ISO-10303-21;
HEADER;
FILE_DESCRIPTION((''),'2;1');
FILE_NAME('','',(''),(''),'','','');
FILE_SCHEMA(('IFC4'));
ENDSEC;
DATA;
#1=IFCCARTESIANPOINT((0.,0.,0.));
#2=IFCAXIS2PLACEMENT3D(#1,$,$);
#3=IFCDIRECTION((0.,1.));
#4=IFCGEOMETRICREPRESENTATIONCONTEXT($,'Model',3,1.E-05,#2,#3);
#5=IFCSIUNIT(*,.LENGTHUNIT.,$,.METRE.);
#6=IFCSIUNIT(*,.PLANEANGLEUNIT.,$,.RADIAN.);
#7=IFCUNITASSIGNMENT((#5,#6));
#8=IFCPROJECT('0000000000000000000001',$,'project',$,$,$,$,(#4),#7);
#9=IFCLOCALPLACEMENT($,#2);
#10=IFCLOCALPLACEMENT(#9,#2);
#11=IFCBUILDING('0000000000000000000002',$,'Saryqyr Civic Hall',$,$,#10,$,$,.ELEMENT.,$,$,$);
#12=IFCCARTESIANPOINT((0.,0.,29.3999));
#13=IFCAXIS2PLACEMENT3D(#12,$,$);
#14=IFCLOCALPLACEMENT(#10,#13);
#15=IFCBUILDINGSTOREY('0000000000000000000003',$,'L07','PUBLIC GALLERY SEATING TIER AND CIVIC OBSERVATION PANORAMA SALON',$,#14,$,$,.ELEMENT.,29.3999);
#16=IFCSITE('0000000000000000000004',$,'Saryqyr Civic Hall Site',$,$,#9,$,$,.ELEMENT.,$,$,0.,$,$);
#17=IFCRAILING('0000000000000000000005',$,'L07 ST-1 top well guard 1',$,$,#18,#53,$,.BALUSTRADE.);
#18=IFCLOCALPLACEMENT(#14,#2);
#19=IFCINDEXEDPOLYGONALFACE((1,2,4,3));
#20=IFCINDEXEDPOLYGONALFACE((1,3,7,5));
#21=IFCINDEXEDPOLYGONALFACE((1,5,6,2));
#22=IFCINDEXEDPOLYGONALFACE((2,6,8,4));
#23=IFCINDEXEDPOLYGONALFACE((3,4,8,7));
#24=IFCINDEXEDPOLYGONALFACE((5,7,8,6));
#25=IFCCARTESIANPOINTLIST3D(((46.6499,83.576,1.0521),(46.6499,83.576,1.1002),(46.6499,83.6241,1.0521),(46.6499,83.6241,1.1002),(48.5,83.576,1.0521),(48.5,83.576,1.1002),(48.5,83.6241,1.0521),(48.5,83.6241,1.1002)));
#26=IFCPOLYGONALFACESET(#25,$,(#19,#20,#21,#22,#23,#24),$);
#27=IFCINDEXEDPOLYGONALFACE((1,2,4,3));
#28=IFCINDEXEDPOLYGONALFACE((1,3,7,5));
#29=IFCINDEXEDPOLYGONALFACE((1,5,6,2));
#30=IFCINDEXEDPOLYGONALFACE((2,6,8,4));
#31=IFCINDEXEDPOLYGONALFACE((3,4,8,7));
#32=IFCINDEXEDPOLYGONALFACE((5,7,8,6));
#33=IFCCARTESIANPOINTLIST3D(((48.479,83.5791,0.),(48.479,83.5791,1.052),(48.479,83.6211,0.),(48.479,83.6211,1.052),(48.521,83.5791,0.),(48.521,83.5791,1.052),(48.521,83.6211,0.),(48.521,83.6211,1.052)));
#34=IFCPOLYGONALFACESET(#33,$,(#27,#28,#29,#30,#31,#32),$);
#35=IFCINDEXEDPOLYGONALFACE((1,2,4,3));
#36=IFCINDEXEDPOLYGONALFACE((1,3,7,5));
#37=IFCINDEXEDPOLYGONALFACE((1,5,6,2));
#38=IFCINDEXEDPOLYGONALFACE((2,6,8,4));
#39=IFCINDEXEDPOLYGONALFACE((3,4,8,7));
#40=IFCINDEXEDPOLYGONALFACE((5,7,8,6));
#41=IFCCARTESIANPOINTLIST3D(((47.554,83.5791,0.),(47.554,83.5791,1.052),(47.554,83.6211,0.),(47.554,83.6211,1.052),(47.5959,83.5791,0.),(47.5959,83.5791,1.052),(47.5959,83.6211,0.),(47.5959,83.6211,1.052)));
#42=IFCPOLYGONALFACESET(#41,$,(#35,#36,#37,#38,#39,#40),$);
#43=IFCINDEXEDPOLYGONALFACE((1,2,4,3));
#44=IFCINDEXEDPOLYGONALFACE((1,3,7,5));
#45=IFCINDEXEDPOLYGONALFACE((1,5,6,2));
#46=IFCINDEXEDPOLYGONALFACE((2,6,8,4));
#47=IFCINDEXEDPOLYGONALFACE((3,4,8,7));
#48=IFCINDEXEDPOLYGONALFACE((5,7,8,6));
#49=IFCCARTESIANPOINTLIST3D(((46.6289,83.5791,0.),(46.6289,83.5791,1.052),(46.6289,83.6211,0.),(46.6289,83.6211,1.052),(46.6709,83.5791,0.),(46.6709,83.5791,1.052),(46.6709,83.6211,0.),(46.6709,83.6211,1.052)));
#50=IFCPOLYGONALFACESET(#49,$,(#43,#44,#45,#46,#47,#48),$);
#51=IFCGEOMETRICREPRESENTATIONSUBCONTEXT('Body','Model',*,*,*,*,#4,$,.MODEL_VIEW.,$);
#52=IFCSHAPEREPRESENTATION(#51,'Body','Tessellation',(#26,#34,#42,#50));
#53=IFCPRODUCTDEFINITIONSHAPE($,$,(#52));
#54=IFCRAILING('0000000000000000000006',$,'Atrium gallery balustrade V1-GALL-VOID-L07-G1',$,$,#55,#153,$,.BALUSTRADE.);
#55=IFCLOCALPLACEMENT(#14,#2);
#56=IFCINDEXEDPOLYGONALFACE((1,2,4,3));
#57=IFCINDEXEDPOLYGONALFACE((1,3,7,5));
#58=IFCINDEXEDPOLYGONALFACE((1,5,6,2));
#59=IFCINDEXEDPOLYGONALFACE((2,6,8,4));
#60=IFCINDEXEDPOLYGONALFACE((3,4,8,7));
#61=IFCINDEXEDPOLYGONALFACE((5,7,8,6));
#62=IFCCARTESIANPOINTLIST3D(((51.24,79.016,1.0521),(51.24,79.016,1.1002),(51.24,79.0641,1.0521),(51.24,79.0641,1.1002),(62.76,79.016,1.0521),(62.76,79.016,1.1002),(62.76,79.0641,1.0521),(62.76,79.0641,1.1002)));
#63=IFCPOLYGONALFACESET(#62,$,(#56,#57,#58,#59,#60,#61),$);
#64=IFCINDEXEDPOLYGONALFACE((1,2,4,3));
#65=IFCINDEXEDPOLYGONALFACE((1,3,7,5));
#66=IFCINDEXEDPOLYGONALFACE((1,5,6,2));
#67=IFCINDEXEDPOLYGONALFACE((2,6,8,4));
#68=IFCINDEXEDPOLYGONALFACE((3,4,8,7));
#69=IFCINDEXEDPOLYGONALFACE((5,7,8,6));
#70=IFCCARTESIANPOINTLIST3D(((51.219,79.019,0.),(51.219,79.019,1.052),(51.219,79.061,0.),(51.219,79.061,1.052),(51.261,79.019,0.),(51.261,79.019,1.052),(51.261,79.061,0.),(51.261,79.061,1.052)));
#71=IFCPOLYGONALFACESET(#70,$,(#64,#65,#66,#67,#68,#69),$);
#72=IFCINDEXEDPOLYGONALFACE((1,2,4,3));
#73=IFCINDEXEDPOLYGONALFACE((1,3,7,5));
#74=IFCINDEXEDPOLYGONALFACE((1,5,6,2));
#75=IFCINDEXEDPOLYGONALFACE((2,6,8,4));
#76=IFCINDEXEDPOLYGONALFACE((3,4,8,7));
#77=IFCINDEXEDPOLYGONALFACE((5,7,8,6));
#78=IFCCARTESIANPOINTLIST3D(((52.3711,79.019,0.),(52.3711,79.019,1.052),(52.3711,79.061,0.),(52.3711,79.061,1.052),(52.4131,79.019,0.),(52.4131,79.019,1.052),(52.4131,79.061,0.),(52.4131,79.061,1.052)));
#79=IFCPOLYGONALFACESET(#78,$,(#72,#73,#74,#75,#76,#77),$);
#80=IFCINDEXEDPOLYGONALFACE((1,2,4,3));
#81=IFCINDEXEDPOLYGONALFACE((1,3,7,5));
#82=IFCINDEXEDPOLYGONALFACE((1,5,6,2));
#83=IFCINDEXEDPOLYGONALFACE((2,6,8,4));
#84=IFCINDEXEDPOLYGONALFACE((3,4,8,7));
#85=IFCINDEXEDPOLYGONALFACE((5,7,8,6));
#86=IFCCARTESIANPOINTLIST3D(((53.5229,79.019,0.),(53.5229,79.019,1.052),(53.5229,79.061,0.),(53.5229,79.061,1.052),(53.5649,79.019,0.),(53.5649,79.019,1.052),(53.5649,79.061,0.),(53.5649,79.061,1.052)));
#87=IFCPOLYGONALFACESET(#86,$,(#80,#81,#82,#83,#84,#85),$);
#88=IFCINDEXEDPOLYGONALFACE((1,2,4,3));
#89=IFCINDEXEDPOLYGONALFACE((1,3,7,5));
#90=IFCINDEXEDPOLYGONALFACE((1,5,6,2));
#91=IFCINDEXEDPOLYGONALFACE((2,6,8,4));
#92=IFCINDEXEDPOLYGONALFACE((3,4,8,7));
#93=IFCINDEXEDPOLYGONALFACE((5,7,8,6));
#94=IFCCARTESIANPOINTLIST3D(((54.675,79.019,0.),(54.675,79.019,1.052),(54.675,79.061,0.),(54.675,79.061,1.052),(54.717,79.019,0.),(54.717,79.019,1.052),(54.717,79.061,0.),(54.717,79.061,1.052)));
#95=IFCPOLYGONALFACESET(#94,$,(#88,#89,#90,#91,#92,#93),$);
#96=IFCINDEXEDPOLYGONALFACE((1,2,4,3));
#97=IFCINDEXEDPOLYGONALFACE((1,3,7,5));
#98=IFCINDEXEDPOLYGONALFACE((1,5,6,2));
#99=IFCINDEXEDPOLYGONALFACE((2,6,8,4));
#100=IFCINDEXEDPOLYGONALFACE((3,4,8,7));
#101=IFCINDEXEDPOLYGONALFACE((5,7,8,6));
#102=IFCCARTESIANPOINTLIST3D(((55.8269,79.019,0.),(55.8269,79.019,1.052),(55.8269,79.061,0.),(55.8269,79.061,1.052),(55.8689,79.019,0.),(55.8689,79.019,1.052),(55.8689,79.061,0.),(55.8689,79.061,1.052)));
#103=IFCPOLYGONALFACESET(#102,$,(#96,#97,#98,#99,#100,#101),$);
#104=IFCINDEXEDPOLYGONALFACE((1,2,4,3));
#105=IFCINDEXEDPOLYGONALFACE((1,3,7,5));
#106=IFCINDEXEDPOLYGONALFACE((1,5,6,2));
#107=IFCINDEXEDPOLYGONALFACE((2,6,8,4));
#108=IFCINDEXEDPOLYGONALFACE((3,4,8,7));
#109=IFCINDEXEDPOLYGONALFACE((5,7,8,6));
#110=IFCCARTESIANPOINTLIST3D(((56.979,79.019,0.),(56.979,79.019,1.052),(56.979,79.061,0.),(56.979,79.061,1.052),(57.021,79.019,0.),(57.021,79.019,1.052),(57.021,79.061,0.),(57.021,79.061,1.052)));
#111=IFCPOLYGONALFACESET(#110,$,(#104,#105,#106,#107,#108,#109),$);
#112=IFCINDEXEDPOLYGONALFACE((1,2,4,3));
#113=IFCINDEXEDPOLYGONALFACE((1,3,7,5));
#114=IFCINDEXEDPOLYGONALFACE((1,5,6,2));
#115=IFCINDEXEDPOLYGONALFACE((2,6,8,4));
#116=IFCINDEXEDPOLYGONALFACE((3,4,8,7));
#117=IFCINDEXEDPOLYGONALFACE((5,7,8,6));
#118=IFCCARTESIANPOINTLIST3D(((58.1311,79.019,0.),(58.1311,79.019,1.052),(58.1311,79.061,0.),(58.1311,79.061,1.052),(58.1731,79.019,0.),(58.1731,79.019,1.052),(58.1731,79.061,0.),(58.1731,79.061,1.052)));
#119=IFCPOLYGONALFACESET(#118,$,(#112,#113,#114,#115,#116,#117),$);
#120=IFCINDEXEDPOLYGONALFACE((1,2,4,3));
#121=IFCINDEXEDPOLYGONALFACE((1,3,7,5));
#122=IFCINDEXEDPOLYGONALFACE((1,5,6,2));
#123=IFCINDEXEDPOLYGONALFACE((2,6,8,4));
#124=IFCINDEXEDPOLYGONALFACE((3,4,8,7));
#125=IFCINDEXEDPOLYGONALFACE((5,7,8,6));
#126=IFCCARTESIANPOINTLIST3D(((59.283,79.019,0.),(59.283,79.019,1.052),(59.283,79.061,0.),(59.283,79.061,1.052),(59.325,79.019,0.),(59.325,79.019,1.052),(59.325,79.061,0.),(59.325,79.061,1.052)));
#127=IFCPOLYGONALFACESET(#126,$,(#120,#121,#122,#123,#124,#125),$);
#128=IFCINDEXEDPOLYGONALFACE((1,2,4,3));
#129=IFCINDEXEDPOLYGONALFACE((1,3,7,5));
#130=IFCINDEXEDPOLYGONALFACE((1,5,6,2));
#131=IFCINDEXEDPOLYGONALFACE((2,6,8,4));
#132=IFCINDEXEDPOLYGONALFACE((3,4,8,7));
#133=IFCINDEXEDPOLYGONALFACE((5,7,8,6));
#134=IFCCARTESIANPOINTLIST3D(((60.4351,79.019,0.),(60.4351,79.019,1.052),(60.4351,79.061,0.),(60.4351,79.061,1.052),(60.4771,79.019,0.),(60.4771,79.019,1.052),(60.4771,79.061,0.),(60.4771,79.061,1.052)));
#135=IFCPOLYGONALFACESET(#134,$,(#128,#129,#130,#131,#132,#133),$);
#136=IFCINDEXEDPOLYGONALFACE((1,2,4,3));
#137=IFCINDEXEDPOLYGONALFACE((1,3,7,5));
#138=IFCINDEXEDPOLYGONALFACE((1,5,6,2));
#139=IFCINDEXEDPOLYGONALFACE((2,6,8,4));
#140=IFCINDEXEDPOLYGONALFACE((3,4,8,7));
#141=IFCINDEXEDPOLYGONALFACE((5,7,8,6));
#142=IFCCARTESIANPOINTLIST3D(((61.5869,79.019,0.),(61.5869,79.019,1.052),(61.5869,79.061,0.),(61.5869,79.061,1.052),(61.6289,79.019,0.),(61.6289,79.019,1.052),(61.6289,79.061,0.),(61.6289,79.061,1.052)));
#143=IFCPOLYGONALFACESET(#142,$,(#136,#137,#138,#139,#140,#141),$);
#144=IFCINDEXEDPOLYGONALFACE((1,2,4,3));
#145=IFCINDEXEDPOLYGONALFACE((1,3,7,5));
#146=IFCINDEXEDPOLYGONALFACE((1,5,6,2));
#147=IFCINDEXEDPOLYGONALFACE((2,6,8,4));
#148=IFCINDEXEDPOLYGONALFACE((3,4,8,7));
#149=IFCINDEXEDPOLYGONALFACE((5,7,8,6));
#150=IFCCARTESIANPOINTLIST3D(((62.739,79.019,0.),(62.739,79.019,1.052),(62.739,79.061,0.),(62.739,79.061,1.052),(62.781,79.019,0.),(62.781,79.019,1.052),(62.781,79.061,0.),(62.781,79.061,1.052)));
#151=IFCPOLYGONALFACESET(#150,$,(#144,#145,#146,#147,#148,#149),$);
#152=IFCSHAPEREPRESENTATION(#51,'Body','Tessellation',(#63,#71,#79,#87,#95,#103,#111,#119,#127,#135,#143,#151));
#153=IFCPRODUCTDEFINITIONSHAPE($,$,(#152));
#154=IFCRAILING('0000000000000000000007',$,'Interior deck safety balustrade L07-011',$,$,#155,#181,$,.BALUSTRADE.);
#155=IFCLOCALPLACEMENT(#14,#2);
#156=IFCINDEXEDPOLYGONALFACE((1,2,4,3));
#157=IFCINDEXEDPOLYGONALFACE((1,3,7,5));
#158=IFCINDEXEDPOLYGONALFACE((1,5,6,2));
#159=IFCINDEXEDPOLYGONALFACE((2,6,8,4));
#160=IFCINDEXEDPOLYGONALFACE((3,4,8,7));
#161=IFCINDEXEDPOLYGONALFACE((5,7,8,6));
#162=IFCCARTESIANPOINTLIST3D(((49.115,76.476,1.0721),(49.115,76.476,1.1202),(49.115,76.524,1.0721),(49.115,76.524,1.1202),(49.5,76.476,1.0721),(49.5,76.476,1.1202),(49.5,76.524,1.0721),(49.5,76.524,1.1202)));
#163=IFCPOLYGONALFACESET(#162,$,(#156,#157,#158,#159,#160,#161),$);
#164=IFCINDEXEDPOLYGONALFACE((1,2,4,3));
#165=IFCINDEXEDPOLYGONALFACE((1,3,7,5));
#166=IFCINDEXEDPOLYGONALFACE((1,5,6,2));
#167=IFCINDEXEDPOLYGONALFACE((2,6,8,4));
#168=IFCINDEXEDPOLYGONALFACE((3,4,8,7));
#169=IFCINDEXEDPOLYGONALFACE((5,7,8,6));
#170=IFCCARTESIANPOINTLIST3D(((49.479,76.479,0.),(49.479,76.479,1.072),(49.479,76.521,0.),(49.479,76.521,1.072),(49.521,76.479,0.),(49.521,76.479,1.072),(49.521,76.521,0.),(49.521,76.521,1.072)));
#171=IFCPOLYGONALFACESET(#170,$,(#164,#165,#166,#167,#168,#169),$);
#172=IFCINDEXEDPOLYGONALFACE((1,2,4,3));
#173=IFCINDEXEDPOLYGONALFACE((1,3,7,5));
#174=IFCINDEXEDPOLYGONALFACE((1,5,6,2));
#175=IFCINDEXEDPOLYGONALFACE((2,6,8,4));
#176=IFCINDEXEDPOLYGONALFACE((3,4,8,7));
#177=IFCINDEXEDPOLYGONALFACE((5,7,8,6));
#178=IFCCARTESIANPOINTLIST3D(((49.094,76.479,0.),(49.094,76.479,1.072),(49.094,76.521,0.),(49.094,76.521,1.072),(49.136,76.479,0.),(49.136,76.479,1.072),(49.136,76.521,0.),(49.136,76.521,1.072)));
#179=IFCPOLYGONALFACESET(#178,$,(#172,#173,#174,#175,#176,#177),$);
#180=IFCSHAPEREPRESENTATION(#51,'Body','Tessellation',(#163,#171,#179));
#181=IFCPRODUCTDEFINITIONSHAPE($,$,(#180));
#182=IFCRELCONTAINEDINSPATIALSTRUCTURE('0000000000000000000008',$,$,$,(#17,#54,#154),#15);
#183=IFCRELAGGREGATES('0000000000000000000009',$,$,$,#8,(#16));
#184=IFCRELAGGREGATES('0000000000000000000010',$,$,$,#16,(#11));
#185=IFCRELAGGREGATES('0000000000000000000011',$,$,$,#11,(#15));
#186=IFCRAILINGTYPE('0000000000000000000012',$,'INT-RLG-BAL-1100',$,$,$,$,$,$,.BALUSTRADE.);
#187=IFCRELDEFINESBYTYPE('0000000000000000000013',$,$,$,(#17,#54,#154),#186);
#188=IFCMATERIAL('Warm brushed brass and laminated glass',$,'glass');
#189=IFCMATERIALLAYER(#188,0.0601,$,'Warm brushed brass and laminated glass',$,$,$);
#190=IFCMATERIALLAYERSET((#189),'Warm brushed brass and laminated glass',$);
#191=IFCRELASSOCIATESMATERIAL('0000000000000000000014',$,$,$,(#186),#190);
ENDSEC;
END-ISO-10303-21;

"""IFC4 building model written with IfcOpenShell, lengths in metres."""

from ifc_helpers import new_model, si_unit, direction, frame, origin, origin_2d, place, context, subcontext, project, spatial, rectangle, extrude, material, layer, layer_set, type_object, element, save


model = new_model("IFC4")

# Units and contexts
model_context = context("Model", 3, precision=1e-05, world=origin(), true_north=direction((0.0, 1.0)))
body_context = subcontext(model_context, "Body", "Model", "MODEL_VIEW")
ifc_project = project(units=[si_unit("LENGTHUNIT", "METRE"), si_unit("PLANEANGLEUNIT", "RADIAN")], contexts=[model_context])

# Site, building, storey
site_placement = place(None, origin())
site = spatial("IfcSite", under=ifc_project, at=site_placement, Name="Saryqyr Civic Hall Site", CompositionType="ELEMENT", RefElevation=0.0)
building_placement = place(site_placement, origin())
building = spatial("IfcBuilding", under=site, at=building_placement, Name="Saryqyr Civic Hall", CompositionType="ELEMENT")
storey_placement = place(building_placement, frame((0.0, 0.0, 29.3999)))
storey = spatial("IfcBuildingStorey", under=building, at=storey_placement, Name="L07", Description="PUBLIC GALLERY SEATING TIER AND CIVIC OBSERVATION PANORAMA SALON", CompositionType="ELEMENT", Elevation=29.3999)

# Railings
ifc_material_1 = material(Name="Warm brushed brass and laminated glass", Category="glass")
ifc_layer_1 = layer(ifc_material_1, 0.0601, Name="Warm brushed brass and laminated glass")
ifc_layer_set_1 = layer_set([ifc_layer_1], Name="Warm brushed brass and laminated glass")
railing_type = type_object("IfcRailingType", Name="INT-RLG-BAL-1100", PredefinedType="BALUSTRADE", material=ifc_layer_set_1)
railing_1_placement = place(storey_placement, frame((48.5, 83.6001, 0.0)))
element("IfcRailing", 1, at=railing_1_placement, inside=storey, type_object=railing_type, Name="L07 ST-1 top well guard 1", PredefinedType="BALUSTRADE", context=body_context, shape_type="SweptSolid", body=[
    extrude(rectangle(XDim=0.0481, YDim=0.0481, at=origin_2d()), frame((0.0, 0.0, 1.0762), z_axis=(-1.0, 0.0, 0.0), x_axis=(0.0, -1.0, 0.0)), (0.0, 0.0, 1.0), 1.8501),
    extrude(rectangle(XDim=0.042, YDim=0.042, at=origin_2d()), origin(), (0.0, 0.0, 1.0), 1.052),
    extrude(rectangle(XDim=0.042, YDim=0.042, at=origin_2d()), frame((-0.925, 0.0, 0.0)), (0.0, 0.0, 1.0), 1.052),
    extrude(rectangle(XDim=0.042, YDim=0.042, at=origin_2d()), frame((-1.8501, 0.0, 0.0)), (0.0, 0.0, 1.0), 1.052),
])
railing_2_placement = place(storey_placement, frame((51.24, 79.04, 0.0)))
element("IfcRailing", 2, at=railing_2_placement, inside=storey, type_object=railing_type, Name="Atrium gallery balustrade V1-GALL-VOID-L07-G1", PredefinedType="BALUSTRADE", context=body_context, shape_type="SweptSolid", body=[
    extrude(rectangle(XDim=0.0481, YDim=0.0481, at=origin_2d()), frame((0.0, 0.0, 1.0762), z_axis=(1.0, 0.0, 0.0), x_axis=(0.0, 1.0, 0.0)), (0.0, 0.0, 1.0), 11.52),
    extrude(rectangle(XDim=0.042, YDim=0.042, at=origin_2d()), origin(), (0.0, 0.0, 1.0), 1.052),
    extrude(rectangle(XDim=0.042, YDim=0.042, at=origin_2d()), frame((1.1521, 0.0, 0.0)), (0.0, 0.0, 1.0), 1.052),
    extrude(rectangle(XDim=0.042, YDim=0.042, at=origin_2d()), frame((2.304, 0.0, 0.0)), (0.0, 0.0, 1.0), 1.052),
    extrude(rectangle(XDim=0.042, YDim=0.042, at=origin_2d()), frame((3.4561, 0.0, 0.0)), (0.0, 0.0, 1.0), 1.052),
    extrude(rectangle(XDim=0.042, YDim=0.042, at=origin_2d()), frame((4.6079, 0.0, 0.0)), (0.0, 0.0, 1.0), 1.052),
    extrude(rectangle(XDim=0.042, YDim=0.042, at=origin_2d()), frame((5.76, 0.0, 0.0)), (0.0, 0.0, 1.0), 1.052),
    extrude(rectangle(XDim=0.042, YDim=0.042, at=origin_2d()), frame((6.9121, 0.0, 0.0)), (0.0, 0.0, 1.0), 1.052),
    extrude(rectangle(XDim=0.042, YDim=0.042, at=origin_2d()), frame((8.064, 0.0, 0.0)), (0.0, 0.0, 1.0), 1.052),
    extrude(rectangle(XDim=0.042, YDim=0.042, at=origin_2d()), frame((9.2161, 0.0, 0.0)), (0.0, 0.0, 1.0), 1.052),
    extrude(rectangle(XDim=0.042, YDim=0.042, at=origin_2d()), frame((10.3679, 0.0, 0.0)), (0.0, 0.0, 1.0), 1.052),
    extrude(rectangle(XDim=0.042, YDim=0.042, at=origin_2d()), frame((11.52, 0.0, 0.0)), (0.0, 0.0, 1.0), 1.052),
])
railing_3_placement = place(storey_placement, frame((49.5, 76.5, 0.0)))
element("IfcRailing", 3, at=railing_3_placement, inside=storey, type_object=railing_type, Name="Interior deck safety balustrade L07-011", PredefinedType="BALUSTRADE", context=body_context, shape_type="SweptSolid", body=[
    extrude(rectangle(XDim=0.0481, YDim=0.0481, at=origin_2d()), frame((0.0, 0.0, 1.0962), z_axis=(-1.0, 0.0, 0.0), x_axis=(0.0, -1.0, 0.0)), (0.0, 0.0, 1.0), 0.385),
    extrude(rectangle(XDim=0.042, YDim=0.042, at=origin_2d()), origin(), (0.0, 0.0, 1.0), 1.072),
    extrude(rectangle(XDim=0.042, YDim=0.042, at=origin_2d()), frame((-0.385, 0.0, 0.0)), (0.0, 0.0, 1.0), 1.072),
])

save(model, "model.ifc")
